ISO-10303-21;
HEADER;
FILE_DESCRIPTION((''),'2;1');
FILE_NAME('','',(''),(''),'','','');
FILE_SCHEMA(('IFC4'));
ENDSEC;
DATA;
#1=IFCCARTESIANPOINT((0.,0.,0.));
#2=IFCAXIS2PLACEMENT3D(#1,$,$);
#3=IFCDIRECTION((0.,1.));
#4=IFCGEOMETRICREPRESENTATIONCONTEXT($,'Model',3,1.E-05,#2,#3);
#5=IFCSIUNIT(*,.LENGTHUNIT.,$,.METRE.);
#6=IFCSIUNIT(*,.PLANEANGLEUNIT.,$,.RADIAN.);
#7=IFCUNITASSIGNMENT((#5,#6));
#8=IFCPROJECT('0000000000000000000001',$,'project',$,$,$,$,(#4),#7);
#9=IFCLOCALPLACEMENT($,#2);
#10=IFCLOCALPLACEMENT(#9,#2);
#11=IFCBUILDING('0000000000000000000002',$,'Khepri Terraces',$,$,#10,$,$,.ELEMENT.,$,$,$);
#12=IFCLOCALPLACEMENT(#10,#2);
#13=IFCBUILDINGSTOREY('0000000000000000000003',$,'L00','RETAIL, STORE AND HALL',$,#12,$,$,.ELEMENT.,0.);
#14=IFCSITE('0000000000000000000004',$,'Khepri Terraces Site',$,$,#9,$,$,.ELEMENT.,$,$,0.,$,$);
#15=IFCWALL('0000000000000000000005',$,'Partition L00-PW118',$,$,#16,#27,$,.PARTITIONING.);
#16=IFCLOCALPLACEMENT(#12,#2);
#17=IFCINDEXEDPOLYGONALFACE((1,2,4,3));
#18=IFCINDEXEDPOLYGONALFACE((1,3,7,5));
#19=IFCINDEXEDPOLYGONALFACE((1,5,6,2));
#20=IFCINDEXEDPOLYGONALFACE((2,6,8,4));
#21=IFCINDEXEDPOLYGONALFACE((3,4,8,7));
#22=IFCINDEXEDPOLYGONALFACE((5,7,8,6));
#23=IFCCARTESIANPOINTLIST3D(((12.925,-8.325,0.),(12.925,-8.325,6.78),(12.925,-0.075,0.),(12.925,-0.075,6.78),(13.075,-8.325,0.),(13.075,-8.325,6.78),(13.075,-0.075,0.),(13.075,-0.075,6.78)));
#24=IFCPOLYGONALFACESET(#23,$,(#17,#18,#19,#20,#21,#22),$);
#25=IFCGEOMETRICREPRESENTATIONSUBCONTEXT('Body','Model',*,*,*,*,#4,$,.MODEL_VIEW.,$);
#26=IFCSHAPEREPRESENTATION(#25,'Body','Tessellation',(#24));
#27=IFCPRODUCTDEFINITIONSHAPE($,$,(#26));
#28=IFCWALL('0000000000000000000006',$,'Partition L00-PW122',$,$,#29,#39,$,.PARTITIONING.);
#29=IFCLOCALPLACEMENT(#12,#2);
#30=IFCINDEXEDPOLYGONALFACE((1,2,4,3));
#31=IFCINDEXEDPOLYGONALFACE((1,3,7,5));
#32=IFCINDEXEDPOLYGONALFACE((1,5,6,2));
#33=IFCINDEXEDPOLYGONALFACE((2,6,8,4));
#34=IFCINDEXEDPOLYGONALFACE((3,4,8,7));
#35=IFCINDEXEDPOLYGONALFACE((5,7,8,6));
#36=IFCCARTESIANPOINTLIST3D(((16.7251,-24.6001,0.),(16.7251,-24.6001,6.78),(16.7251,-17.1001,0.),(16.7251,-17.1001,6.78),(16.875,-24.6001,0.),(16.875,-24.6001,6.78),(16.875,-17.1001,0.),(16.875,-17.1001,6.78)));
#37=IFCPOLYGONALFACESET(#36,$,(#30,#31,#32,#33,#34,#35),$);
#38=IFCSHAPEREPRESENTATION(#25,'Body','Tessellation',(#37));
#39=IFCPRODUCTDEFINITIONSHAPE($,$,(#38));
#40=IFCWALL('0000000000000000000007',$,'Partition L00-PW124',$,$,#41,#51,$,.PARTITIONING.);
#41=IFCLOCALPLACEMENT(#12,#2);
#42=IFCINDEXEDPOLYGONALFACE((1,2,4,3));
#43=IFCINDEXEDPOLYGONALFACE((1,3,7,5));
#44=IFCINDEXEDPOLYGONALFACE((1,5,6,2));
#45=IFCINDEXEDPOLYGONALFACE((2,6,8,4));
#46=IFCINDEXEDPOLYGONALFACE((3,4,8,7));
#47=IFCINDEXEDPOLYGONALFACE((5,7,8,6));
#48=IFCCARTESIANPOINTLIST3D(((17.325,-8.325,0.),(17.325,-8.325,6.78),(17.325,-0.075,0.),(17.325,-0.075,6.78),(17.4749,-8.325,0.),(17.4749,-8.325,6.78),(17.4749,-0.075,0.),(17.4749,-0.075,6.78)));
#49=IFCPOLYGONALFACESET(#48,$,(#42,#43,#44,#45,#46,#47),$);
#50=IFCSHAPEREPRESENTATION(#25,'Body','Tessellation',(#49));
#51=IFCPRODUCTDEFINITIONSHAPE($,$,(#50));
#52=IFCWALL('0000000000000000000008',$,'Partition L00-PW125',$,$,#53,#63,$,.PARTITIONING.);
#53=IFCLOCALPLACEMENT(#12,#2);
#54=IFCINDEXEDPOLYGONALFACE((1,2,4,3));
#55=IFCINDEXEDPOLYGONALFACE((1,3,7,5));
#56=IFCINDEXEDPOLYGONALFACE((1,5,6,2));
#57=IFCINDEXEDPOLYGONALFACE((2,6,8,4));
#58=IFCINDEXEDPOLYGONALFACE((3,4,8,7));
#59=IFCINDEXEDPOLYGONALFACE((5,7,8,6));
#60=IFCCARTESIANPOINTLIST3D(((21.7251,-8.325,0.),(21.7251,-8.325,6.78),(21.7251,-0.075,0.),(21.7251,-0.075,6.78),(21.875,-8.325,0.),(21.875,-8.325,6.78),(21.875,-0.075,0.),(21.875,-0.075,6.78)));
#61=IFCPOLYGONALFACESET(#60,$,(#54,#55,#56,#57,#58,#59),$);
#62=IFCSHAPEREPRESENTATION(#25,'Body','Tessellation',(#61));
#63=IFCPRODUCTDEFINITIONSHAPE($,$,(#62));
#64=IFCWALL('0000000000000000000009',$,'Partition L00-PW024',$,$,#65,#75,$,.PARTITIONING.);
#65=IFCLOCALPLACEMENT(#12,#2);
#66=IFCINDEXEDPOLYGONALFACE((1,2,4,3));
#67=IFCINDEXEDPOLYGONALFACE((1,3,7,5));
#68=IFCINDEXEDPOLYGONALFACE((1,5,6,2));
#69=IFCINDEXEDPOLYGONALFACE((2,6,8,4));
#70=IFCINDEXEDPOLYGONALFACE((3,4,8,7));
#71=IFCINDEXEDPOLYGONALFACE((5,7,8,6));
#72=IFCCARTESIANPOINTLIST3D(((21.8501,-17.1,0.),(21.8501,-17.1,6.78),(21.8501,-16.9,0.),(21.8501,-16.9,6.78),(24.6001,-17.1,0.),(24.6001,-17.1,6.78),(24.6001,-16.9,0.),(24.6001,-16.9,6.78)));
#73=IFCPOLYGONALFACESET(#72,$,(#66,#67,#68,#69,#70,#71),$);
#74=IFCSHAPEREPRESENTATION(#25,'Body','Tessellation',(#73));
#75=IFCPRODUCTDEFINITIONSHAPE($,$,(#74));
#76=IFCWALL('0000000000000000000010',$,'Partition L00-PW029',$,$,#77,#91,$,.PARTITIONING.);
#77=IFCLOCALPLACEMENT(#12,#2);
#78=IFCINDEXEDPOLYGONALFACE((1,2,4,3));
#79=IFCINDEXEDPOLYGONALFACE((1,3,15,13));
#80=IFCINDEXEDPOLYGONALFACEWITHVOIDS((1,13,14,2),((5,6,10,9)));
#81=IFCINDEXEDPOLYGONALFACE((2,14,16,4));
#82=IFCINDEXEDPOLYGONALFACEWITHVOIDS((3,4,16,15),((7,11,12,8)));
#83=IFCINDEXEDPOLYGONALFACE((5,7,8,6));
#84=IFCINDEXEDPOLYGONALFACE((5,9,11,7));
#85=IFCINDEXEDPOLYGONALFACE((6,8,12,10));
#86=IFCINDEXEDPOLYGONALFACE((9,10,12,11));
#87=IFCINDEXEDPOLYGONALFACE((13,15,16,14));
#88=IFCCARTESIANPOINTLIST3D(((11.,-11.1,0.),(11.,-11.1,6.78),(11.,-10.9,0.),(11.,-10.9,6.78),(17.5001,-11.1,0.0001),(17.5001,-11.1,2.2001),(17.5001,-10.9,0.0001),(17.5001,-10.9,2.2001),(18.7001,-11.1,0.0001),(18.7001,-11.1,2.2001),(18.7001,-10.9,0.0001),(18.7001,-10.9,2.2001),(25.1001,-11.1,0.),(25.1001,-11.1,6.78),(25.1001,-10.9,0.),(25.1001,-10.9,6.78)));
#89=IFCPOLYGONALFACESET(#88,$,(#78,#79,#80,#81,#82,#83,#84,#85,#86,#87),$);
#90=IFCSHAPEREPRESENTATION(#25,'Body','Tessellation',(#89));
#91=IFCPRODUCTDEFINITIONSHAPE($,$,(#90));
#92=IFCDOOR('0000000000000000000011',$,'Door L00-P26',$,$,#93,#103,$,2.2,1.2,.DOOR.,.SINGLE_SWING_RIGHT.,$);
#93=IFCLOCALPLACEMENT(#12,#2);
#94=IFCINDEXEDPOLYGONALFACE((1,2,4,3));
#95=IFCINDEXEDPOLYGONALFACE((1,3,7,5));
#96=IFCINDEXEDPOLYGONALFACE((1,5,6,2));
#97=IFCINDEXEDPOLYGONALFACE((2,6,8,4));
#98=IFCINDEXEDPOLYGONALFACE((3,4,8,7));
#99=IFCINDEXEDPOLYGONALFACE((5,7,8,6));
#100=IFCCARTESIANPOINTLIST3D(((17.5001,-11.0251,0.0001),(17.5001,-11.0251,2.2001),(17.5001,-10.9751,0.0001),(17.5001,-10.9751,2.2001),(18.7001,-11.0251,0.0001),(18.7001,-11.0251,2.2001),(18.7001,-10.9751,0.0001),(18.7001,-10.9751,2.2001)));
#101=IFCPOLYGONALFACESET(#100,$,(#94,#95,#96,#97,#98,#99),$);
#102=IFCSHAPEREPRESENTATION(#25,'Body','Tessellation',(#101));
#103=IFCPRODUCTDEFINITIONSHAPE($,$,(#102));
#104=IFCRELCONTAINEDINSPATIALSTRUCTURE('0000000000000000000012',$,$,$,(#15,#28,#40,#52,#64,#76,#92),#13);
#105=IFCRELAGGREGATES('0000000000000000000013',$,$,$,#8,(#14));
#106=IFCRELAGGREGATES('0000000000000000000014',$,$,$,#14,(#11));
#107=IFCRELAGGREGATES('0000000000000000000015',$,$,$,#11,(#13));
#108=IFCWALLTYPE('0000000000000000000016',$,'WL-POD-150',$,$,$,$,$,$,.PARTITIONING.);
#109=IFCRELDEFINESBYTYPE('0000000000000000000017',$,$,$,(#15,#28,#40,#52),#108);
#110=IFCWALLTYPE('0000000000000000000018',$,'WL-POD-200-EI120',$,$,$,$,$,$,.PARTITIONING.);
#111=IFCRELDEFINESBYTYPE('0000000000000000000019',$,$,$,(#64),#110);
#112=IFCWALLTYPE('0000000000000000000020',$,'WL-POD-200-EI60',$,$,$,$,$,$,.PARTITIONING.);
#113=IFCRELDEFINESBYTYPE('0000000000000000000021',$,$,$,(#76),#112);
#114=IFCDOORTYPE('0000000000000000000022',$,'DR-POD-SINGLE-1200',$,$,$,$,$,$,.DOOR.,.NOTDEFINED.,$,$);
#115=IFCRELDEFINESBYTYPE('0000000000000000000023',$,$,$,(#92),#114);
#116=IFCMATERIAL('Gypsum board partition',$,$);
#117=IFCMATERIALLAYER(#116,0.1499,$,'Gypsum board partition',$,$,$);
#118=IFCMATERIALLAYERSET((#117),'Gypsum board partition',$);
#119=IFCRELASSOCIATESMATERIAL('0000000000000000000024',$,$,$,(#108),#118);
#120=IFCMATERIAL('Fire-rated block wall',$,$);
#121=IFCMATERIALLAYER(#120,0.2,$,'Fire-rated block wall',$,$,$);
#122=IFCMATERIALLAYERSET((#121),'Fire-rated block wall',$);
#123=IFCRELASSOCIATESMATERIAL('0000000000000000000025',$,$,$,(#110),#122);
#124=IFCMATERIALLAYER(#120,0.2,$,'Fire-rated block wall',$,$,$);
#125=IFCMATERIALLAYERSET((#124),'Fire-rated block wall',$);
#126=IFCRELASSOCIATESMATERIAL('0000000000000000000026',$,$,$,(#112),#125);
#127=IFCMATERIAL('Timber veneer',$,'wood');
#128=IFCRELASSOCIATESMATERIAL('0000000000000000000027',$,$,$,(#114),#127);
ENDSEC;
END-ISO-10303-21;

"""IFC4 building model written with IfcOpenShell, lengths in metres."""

from ifc_helpers import new_model, si_unit, direction, frame, frame_2d, origin, place, context, subcontext, project, spatial, rectangle, extrude, material, layer, layer_set, type_object, element, fill, save


model = new_model("IFC4")

# Units and contexts
model_context = context("Model", 3, precision=1e-05, world=origin(), true_north=direction((0.0, 1.0)))
body_context = subcontext(model_context, "Body", "Model", "MODEL_VIEW")
ifc_project = project(units=[si_unit("LENGTHUNIT", "METRE"), si_unit("PLANEANGLEUNIT", "RADIAN")], contexts=[model_context])

# Site, building, storey
site_placement = place(None, origin())
site = spatial("IfcSite", under=ifc_project, at=site_placement, Name="Khepri Terraces Site", CompositionType="ELEMENT", RefElevation=0.0)
building_placement = place(site_placement, origin())
building = spatial("IfcBuilding", under=site, at=building_placement, Name="Khepri Terraces", CompositionType="ELEMENT")
storey_placement = place(building_placement, origin())
storey = spatial("IfcBuildingStorey", under=building, at=storey_placement, Name="L00", Description="RETAIL, STORE AND HALL", CompositionType="ELEMENT", Elevation=0.0)

# Shared definitions
ifc_material_1 = material(Name="Gypsum board partition")
ifc_layer_1 = layer(ifc_material_1, 0.1499, Name="Gypsum board partition")
ifc_layer_set_1 = layer_set([ifc_layer_1], Name="Gypsum board partition")
wall_type_1 = type_object("IfcWallType", Name="WL-POD-150", PredefinedType="PARTITIONING", material=ifc_layer_set_1)

# Shared definitions
ifc_material_2 = material(Name="Timber veneer", Category="wood")

# Walls
wall_1_placement = place(storey_placement, frame((13.0, -8.325, 0.0), z_axis=(0.0, 0.0, 1.0), x_axis=(0.0, 1.0, 0.0)))
element("IfcWall", 1, at=wall_1_placement, inside=storey, type_object=wall_type_1, Name="Partition L00-PW118", PredefinedType="PARTITIONING", context=body_context, shape_type="SweptSolid", body=[
    extrude(rectangle(XDim=8.25, YDim=0.1499, at=frame_2d((4.125, 0.0))), origin(), (0.0, 0.0, 1.0), 6.78),
])
wall_2_placement = place(storey_placement, frame((16.8, -24.6001, 0.0), z_axis=(0.0, 0.0, 1.0), x_axis=(0.0, 1.0, 0.0)))
element("IfcWall", 2, at=wall_2_placement, inside=storey, type_object=wall_type_1, Name="Partition L00-PW122", PredefinedType="PARTITIONING", context=body_context, shape_type="SweptSolid", body=[
    extrude(rectangle(XDim=7.5, YDim=0.1499, at=frame_2d((3.75, 0.0))), origin(), (0.0, 0.0, 1.0), 6.78),
])
for number, where, z_axis, x_axis, name in (
    (3, (17.3999, -8.325, 0.0), (0.0, 0.0, 1.0), (0.0, 1.0, 0.0), "Partition L00-PW124"),
    (4, (21.8, -8.325, 0.0), (0.0, 0.0, 1.0), (0.0, 1.0, 0.0), "Partition L00-PW125"),
):
    element("IfcWall", number, at=place(storey_placement, frame(where, z_axis=z_axis, x_axis=x_axis)), inside=storey, type_object=wall_type_1, Name=name, PredefinedType="PARTITIONING", context=body_context, shape_type="SweptSolid", body=[
        extrude(rectangle(XDim=8.25, YDim=0.1499, at=frame_2d((4.125, 0.0))), origin(), (0.0, 0.0, 1.0), 6.78),
    ])
ifc_material_3 = material(Name="Fire-rated block wall")
ifc_layer_2 = layer(ifc_material_3, 0.2, Name="Fire-rated block wall")
ifc_layer_set_2 = layer_set([ifc_layer_2], Name="Fire-rated block wall")
wall_type_2 = type_object("IfcWallType", Name="WL-POD-200-EI120", PredefinedType="PARTITIONING", material=ifc_layer_set_2)
wall_3_placement = place(storey_placement, frame((21.8501, -17.0, 0.0), z_axis=(0.0, 0.0, 1.0), x_axis=(1.0, 0.0, 0.0)))
element("IfcWall", 5, at=wall_3_placement, inside=storey, type_object=wall_type_2, Name="Partition L00-PW024", PredefinedType="PARTITIONING", context=body_context, shape_type="SweptSolid", body=[
    extrude(rectangle(XDim=2.75, YDim=0.2, at=frame_2d((1.375, 0.0))), origin(), (0.0, 0.0, 1.0), 6.78),
])

# Wall, opening, door
ifc_layer_3 = layer(ifc_material_3, 0.2, Name="Fire-rated block wall")
ifc_layer_set_3 = layer_set([ifc_layer_3], Name="Fire-rated block wall")
wall_type_3 = type_object("IfcWallType", Name="WL-POD-200-EI60", PredefinedType="PARTITIONING", material=ifc_layer_set_3)
wall_4_placement = place(storey_placement, frame((11.0, -11.0, 0.0), z_axis=(0.0, 0.0, 1.0), x_axis=(1.0, 0.0, 0.0)))
wall_4 = element("IfcWall", 6, at=wall_4_placement, inside=storey, type_object=wall_type_3, Name="Partition L00-PW029", PredefinedType="PARTITIONING", context=body_context, shape_type="SweptSolid", body=[
    extrude(rectangle(XDim=14.1001, YDim=0.2, at=frame_2d((7.05, 0.0))), origin(), (0.0, 0.0, 1.0), 6.78),
])
opening_1_placement = place(wall_4_placement, frame((6.5, 0.0, 0.0)))
opening_1 = element("IfcOpeningElement", 7, at=opening_1_placement, cuts=wall_4, PredefinedType="OPENING", context=body_context, shape_type="SweptSolid", body=[
    extrude(rectangle(XDim=1.2, YDim=2.2, at=frame_2d((0.6001, 1.1001))), frame((0.0, 0.1099, 0.0), z_axis=(0.0, -1.0, 0.0), x_axis=(1.0, 0.0, 0.0)), (0.0, 0.0, 1.0), 0.22),
])
door_type_1 = type_object("IfcDoorType", Name="DR-POD-SINGLE-1200", OperationType="NOTDEFINED", PredefinedType="DOOR", material=ifc_material_2)
door_1_placement = place(opening_1_placement, origin())
door_1 = element("IfcDoor", 8, at=door_1_placement, inside=storey, type_object=door_type_1, Name="Door L00-P26", OperationType="SINGLE_SWING_RIGHT", OverallHeight=2.2, OverallWidth=1.2, PredefinedType="DOOR", context=body_context, shape_type="SweptSolid", body=[
    extrude(rectangle(XDim=1.2, YDim=2.2, at=frame_2d((0.6001, 1.1001))), frame((0.0, 0.0249, 0.0), z_axis=(0.0, -1.0, 0.0), x_axis=(1.0, 0.0, 0.0)), (0.0, 0.0, 1.0), 0.05),
])
fill(opening_1, door_1)

save(model, "model.ifc")
